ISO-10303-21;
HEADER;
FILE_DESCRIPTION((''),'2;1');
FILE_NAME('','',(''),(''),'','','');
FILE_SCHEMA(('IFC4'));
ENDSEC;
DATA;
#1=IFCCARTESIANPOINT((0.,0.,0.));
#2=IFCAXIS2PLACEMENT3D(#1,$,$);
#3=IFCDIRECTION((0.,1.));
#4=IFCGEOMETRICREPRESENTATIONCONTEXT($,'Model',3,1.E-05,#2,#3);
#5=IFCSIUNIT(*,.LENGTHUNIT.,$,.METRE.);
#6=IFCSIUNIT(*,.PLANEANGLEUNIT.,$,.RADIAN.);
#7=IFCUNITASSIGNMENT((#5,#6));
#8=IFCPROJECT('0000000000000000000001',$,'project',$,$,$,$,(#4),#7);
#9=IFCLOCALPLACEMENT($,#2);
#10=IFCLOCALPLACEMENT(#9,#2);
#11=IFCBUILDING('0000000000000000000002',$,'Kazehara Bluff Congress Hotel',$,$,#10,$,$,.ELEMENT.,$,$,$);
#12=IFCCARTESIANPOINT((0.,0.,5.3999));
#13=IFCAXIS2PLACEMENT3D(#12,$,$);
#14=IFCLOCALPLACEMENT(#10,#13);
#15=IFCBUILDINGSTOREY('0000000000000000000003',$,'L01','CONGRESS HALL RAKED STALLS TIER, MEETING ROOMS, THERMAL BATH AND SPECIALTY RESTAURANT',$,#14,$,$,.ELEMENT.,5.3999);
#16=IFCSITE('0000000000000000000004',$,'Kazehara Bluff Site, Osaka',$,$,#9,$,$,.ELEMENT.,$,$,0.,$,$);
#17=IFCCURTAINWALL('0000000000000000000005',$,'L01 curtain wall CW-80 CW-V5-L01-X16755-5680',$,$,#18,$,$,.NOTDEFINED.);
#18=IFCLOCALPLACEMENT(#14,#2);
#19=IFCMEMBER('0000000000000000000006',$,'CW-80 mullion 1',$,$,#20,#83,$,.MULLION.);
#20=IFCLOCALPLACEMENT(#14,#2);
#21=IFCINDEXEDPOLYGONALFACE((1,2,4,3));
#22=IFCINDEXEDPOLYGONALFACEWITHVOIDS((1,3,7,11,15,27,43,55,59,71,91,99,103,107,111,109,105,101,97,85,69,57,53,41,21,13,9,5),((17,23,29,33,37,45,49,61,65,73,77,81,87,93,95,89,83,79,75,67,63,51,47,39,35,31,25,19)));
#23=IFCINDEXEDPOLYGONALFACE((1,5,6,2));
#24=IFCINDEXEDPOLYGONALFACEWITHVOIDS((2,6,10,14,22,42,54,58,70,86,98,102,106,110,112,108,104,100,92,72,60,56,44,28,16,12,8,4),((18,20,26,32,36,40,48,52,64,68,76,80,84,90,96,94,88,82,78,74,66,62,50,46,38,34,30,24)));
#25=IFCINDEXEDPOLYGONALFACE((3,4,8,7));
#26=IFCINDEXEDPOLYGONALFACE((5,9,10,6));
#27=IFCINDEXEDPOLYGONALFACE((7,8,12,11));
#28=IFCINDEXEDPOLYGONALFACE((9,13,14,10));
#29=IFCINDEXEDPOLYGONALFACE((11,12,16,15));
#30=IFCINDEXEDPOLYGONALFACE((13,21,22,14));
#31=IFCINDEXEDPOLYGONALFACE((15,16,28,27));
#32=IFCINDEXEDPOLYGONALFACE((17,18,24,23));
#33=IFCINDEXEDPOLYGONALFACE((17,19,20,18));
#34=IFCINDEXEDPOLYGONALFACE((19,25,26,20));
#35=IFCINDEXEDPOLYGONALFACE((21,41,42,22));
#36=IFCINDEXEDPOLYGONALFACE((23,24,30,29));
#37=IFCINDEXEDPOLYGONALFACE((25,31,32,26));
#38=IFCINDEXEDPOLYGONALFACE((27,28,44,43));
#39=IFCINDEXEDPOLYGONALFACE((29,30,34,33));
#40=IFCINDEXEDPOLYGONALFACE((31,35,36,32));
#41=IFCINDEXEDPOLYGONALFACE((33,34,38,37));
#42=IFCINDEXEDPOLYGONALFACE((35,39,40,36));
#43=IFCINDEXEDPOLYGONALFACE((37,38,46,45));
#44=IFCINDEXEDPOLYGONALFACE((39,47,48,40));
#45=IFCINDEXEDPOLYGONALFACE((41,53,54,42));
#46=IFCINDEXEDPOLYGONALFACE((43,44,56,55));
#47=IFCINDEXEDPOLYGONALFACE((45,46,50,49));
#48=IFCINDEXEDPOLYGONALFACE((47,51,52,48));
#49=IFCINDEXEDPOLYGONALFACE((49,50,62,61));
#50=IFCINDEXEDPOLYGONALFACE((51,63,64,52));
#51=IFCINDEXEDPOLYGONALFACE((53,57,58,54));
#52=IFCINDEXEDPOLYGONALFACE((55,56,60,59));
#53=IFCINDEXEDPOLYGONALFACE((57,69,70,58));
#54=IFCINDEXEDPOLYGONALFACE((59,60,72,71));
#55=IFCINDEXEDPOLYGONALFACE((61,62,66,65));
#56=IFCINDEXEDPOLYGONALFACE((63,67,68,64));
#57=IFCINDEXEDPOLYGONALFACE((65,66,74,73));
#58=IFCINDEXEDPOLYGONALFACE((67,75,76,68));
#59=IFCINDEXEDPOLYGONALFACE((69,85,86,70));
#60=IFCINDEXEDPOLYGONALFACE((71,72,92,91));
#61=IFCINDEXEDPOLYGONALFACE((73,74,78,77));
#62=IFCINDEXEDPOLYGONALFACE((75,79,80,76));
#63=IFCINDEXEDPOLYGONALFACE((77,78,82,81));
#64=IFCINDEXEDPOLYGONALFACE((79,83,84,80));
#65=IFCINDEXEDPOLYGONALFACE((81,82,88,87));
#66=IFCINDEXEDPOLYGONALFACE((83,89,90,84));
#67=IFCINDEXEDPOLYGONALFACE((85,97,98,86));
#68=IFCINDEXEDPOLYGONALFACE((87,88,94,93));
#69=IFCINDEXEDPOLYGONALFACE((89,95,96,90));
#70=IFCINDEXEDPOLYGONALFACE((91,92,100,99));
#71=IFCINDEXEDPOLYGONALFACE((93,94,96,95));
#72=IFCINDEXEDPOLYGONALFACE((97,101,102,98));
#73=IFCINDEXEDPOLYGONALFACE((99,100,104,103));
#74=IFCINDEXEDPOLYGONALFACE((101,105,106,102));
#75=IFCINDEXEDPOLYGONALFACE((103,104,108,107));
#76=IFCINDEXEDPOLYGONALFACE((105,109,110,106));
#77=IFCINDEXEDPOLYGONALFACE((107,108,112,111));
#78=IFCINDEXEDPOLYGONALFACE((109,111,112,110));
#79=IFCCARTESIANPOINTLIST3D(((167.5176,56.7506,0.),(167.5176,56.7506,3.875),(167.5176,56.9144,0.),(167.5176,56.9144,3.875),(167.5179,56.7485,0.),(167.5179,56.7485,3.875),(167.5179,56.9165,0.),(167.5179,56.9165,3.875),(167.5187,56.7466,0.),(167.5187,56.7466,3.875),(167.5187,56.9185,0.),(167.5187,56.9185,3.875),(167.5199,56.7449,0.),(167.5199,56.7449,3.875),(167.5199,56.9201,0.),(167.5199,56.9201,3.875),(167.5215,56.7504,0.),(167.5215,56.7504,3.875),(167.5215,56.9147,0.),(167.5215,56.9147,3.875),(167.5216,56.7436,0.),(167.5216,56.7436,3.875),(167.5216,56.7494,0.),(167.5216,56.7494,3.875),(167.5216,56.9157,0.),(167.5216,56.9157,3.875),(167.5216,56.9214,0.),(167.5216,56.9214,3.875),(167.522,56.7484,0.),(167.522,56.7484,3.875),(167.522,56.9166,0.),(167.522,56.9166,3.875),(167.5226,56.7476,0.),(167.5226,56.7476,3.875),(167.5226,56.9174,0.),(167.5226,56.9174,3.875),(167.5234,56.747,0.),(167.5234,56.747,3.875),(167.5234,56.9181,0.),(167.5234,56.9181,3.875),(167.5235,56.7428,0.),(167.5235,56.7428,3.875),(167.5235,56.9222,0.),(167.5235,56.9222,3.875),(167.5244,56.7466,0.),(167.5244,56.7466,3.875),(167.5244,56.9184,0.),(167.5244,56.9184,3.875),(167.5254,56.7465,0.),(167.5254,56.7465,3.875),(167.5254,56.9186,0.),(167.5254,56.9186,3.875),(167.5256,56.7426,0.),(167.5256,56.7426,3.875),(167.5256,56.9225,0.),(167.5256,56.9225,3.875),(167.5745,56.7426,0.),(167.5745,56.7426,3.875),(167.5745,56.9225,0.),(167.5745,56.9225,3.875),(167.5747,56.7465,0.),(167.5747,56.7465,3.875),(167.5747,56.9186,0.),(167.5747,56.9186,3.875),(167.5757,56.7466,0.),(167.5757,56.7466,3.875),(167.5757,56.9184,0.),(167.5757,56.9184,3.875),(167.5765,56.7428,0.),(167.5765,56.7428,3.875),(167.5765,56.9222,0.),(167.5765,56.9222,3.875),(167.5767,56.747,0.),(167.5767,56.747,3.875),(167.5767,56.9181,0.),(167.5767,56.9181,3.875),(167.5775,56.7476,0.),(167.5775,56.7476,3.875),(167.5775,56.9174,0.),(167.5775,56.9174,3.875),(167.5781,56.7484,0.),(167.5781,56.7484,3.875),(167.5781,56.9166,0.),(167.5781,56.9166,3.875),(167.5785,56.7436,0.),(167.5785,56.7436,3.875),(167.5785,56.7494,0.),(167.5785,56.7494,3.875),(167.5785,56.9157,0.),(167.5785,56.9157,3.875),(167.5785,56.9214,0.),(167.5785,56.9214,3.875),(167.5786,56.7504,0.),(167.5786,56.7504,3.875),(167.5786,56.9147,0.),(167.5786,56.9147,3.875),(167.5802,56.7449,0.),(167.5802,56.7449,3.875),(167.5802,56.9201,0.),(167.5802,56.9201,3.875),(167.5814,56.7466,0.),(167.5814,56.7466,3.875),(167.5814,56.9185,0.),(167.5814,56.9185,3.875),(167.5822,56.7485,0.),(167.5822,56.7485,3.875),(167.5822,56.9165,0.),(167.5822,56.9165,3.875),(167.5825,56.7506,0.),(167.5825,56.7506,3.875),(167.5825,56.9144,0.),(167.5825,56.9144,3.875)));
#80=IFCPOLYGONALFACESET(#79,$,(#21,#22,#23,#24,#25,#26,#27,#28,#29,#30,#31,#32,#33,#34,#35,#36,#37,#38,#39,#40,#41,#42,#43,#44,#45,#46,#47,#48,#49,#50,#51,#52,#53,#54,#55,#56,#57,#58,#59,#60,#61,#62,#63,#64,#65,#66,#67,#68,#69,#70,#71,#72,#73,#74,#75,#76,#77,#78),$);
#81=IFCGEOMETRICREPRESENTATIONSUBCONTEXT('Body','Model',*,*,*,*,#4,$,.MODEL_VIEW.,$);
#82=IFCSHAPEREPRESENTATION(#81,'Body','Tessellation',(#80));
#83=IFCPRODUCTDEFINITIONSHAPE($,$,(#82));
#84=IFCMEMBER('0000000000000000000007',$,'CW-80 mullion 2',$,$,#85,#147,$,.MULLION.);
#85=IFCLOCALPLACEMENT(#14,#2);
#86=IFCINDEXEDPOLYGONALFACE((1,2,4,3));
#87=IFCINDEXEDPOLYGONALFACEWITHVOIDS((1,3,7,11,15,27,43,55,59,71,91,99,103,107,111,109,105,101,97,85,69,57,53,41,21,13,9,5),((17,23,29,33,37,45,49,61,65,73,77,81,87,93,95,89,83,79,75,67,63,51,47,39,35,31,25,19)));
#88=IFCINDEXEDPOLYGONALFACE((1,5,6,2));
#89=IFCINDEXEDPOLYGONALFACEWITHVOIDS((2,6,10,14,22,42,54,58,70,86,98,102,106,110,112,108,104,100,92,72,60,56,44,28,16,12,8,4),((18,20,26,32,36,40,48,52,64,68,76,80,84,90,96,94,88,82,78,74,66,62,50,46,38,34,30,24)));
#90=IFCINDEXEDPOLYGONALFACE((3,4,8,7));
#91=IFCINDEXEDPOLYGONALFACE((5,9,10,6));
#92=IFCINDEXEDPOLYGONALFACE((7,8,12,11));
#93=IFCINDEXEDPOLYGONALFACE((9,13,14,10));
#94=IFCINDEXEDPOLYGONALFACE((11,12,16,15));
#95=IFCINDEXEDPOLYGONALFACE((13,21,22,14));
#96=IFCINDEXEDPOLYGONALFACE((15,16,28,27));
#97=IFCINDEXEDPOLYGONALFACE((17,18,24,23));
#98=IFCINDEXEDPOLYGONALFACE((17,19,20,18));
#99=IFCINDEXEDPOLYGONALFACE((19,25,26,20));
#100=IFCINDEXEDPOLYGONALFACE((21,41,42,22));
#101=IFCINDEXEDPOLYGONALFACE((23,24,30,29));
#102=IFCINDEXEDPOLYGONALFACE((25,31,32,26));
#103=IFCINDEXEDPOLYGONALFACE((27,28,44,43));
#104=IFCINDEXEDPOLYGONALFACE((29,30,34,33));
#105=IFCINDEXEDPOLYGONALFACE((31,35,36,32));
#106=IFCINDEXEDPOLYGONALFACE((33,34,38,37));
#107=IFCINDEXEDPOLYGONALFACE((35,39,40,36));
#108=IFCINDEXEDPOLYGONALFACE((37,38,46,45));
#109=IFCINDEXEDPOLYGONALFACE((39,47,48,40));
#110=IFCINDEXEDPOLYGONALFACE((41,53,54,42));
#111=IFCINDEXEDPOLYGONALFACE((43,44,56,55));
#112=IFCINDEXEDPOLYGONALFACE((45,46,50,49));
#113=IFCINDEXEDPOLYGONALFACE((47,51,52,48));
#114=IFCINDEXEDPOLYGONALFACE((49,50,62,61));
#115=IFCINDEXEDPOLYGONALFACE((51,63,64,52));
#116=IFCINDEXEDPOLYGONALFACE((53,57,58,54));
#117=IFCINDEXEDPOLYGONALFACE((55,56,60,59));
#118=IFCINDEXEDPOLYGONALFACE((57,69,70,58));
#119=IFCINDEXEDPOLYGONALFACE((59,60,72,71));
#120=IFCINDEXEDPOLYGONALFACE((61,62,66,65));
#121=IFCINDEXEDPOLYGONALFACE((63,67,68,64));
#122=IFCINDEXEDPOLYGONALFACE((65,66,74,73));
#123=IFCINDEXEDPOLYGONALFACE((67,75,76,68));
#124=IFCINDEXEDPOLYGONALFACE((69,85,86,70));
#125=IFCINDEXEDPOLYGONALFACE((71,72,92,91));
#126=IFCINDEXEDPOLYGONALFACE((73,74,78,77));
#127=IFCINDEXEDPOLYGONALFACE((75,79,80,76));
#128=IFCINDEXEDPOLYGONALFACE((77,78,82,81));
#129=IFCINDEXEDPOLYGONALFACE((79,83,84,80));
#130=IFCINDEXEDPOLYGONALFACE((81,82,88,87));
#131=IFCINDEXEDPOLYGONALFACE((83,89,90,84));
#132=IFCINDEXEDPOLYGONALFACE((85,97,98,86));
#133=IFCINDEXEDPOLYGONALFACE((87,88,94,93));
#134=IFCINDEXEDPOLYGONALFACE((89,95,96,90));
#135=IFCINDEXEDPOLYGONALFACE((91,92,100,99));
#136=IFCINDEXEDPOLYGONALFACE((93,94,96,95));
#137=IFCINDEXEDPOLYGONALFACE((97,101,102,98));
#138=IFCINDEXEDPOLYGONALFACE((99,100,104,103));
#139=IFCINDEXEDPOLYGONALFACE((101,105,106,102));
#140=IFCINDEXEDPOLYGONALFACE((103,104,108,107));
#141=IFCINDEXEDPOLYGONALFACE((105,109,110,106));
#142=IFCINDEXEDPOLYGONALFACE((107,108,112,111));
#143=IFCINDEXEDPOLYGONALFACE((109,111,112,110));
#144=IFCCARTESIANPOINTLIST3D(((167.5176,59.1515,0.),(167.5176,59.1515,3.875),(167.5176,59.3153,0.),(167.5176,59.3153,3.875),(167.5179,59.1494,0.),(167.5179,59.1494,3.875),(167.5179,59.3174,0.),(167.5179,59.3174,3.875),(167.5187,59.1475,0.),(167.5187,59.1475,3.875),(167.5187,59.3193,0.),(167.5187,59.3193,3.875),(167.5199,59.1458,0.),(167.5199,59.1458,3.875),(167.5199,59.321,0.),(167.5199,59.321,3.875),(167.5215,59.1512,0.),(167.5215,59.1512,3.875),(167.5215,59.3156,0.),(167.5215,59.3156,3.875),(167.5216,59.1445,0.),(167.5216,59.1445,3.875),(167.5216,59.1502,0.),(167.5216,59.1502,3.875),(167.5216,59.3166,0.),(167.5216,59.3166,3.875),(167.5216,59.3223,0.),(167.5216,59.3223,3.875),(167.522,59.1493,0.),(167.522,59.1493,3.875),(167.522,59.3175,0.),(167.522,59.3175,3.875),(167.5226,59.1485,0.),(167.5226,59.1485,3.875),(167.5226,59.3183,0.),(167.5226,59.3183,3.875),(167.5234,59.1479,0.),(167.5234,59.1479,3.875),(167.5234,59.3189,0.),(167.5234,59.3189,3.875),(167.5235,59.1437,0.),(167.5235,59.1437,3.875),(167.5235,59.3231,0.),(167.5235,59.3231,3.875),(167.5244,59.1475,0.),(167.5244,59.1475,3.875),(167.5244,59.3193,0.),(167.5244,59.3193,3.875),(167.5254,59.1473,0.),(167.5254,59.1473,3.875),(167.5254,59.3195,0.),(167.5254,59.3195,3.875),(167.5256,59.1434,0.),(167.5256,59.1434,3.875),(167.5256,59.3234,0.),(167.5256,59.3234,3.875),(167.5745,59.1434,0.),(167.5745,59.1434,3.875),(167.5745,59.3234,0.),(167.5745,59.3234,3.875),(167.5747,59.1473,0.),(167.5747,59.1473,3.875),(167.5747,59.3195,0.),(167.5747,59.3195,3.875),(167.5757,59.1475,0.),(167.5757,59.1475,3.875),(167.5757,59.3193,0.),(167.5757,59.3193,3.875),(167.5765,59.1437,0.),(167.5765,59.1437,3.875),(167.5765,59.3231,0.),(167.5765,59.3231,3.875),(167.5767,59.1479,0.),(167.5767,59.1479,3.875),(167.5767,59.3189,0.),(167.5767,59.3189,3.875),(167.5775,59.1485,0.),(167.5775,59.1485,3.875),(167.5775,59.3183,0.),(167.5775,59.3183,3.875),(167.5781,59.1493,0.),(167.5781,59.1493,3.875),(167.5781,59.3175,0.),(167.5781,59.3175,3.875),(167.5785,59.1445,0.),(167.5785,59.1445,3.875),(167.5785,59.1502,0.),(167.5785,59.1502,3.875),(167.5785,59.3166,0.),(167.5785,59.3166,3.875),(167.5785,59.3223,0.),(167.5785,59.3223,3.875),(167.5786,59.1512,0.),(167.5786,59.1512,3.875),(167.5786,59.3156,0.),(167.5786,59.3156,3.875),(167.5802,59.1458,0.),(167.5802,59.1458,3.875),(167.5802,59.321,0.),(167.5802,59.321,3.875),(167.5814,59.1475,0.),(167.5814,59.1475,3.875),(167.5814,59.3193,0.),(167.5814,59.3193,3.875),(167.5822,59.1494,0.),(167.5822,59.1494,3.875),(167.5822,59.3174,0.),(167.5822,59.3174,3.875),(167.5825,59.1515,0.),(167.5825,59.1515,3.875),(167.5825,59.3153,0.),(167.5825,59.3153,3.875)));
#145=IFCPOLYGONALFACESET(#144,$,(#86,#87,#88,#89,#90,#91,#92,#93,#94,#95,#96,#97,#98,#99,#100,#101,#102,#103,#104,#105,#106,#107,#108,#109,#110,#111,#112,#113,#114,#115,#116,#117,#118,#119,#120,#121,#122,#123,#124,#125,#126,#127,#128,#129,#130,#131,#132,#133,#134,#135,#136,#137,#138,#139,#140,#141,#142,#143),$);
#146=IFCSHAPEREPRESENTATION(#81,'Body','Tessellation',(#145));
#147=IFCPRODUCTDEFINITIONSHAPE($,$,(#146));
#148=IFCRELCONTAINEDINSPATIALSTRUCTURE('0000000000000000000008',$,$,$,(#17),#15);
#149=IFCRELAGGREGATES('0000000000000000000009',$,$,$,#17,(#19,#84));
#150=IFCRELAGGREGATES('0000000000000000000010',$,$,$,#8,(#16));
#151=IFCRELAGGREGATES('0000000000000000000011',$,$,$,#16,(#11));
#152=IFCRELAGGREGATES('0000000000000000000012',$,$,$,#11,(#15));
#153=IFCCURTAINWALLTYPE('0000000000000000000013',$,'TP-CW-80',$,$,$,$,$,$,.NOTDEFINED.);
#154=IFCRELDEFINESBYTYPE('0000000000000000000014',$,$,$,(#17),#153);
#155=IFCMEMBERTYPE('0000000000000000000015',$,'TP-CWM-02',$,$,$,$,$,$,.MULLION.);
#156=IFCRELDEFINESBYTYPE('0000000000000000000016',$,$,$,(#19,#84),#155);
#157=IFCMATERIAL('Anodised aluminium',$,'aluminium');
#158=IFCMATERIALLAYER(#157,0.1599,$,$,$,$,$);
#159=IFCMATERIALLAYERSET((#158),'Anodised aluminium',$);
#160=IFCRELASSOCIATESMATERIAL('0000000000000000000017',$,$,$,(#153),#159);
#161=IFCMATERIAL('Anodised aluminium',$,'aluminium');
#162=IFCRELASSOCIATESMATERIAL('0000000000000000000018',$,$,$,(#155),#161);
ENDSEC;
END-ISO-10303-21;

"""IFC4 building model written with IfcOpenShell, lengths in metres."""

from ifc_helpers import new_model, si_unit, direction, frame, origin, origin_2d, place, context, subcontext, project, spatial, hollow_rectangle, extrude, material, layer, layer_set, material_profile, profile_set, type_object, element, aggregate, save


model = new_model("IFC4")

# Units and contexts
model_context = context("Model", 3, precision=1e-05, world=origin(), true_north=direction((0.0, 1.0)))
body_context = subcontext(model_context, "Body", "Model", "MODEL_VIEW")
ifc_project = project(units=[si_unit("LENGTHUNIT", "METRE"), si_unit("PLANEANGLEUNIT", "RADIAN")], contexts=[model_context])

# Site, building, storey
site_placement = place(None, origin())
site = spatial("IfcSite", under=ifc_project, at=site_placement, Name="Kazehara Bluff Site, Osaka", CompositionType="ELEMENT", RefElevation=0.0)
building_placement = place(site_placement, origin())
building = spatial("IfcBuilding", under=site, at=building_placement, Name="Kazehara Bluff Congress Hotel", CompositionType="ELEMENT")
storey_placement = place(building_placement, frame((0.0, 0.0, 5.3999)))
storey = spatial("IfcBuildingStorey", under=building, at=storey_placement, Name="L01", Description="CONGRESS HALL RAKED STALLS TIER, MEETING ROOMS, THERMAL BATH AND SPECIALTY RESTAURANT", CompositionType="ELEMENT", Elevation=5.3999)

# Shared definitions
ifc_material_1 = material(Name="Anodised aluminium", Category="aluminium")
ifc_layer_1 = layer(ifc_material_1, 0.1599)
ifc_layer_set_1 = layer_set([ifc_layer_1], Name="Anodised aluminium")
curtain_wall_type = type_object("IfcCurtainWallType", Name="TP-CW-80", PredefinedType="NOTDEFINED", material=ifc_layer_set_1)
ifc_material_2 = material(Name="Anodised aluminium", Category="aluminium")
ifc_material_profile_1 = material_profile(ifc_material_2, hollow_rectangle(XDim=0.0649, YDim=0.1799, WallThickness=0.0039, InnerFilletRadius=0.0039, OuterFilletRadius=0.0081, at=origin_2d()))
ifc_profile_set_1 = profile_set([ifc_material_profile_1], Name="Anodised aluminium")
member_type_1 = type_object("IfcMemberType", Name="TP-CWM-02", PredefinedType="MULLION", material=ifc_profile_set_1)

# Curtain wall, members
curtain_wall_1_placement = place(storey_placement, origin())
curtain_wall_1 = element("IfcCurtainWall", 1, at=curtain_wall_1_placement, inside=storey, type_object=curtain_wall_type, Name="L01 curtain wall CW-80 CW-V5-L01-X16755-5680", PredefinedType="NOTDEFINED")
member_1_placement = place(storey_placement, frame((167.55, 56.8325, 0.0), z_axis=(0.0, 0.0, 1.0), x_axis=(-1.0, 0.0, 0.0)))
member_1 = element("IfcMember", 2, at=member_1_placement, type_object=member_type_1, Name="CW-80 mullion 1", PredefinedType="MULLION", context=body_context, shape_type="SweptSolid", body=[
    extrude(hollow_rectangle(XDim=0.0649, YDim=0.1799, WallThickness=0.0039, InnerFilletRadius=0.0039, OuterFilletRadius=0.0081, at=origin_2d()), origin(), (0.0, 0.0, 1.0), 3.875),
])
member_2_placement = place(storey_placement, frame((167.55, 59.2334, 0.0), z_axis=(0.0, 0.0, 1.0), x_axis=(-1.0, 0.0, 0.0)))
member_2 = element("IfcMember", 3, at=member_2_placement, type_object=member_type_1, Name="CW-80 mullion 2", PredefinedType="MULLION", context=body_context, shape_type="SweptSolid", body=[
    extrude(hollow_rectangle(XDim=0.0649, YDim=0.1799, WallThickness=0.0039, InnerFilletRadius=0.0039, OuterFilletRadius=0.0081, at=origin_2d()), origin(), (0.0, 0.0, 1.0), 3.875),
])

aggregate(curtain_wall_1, [member_1, member_2])

save(model, "model.ifc")
